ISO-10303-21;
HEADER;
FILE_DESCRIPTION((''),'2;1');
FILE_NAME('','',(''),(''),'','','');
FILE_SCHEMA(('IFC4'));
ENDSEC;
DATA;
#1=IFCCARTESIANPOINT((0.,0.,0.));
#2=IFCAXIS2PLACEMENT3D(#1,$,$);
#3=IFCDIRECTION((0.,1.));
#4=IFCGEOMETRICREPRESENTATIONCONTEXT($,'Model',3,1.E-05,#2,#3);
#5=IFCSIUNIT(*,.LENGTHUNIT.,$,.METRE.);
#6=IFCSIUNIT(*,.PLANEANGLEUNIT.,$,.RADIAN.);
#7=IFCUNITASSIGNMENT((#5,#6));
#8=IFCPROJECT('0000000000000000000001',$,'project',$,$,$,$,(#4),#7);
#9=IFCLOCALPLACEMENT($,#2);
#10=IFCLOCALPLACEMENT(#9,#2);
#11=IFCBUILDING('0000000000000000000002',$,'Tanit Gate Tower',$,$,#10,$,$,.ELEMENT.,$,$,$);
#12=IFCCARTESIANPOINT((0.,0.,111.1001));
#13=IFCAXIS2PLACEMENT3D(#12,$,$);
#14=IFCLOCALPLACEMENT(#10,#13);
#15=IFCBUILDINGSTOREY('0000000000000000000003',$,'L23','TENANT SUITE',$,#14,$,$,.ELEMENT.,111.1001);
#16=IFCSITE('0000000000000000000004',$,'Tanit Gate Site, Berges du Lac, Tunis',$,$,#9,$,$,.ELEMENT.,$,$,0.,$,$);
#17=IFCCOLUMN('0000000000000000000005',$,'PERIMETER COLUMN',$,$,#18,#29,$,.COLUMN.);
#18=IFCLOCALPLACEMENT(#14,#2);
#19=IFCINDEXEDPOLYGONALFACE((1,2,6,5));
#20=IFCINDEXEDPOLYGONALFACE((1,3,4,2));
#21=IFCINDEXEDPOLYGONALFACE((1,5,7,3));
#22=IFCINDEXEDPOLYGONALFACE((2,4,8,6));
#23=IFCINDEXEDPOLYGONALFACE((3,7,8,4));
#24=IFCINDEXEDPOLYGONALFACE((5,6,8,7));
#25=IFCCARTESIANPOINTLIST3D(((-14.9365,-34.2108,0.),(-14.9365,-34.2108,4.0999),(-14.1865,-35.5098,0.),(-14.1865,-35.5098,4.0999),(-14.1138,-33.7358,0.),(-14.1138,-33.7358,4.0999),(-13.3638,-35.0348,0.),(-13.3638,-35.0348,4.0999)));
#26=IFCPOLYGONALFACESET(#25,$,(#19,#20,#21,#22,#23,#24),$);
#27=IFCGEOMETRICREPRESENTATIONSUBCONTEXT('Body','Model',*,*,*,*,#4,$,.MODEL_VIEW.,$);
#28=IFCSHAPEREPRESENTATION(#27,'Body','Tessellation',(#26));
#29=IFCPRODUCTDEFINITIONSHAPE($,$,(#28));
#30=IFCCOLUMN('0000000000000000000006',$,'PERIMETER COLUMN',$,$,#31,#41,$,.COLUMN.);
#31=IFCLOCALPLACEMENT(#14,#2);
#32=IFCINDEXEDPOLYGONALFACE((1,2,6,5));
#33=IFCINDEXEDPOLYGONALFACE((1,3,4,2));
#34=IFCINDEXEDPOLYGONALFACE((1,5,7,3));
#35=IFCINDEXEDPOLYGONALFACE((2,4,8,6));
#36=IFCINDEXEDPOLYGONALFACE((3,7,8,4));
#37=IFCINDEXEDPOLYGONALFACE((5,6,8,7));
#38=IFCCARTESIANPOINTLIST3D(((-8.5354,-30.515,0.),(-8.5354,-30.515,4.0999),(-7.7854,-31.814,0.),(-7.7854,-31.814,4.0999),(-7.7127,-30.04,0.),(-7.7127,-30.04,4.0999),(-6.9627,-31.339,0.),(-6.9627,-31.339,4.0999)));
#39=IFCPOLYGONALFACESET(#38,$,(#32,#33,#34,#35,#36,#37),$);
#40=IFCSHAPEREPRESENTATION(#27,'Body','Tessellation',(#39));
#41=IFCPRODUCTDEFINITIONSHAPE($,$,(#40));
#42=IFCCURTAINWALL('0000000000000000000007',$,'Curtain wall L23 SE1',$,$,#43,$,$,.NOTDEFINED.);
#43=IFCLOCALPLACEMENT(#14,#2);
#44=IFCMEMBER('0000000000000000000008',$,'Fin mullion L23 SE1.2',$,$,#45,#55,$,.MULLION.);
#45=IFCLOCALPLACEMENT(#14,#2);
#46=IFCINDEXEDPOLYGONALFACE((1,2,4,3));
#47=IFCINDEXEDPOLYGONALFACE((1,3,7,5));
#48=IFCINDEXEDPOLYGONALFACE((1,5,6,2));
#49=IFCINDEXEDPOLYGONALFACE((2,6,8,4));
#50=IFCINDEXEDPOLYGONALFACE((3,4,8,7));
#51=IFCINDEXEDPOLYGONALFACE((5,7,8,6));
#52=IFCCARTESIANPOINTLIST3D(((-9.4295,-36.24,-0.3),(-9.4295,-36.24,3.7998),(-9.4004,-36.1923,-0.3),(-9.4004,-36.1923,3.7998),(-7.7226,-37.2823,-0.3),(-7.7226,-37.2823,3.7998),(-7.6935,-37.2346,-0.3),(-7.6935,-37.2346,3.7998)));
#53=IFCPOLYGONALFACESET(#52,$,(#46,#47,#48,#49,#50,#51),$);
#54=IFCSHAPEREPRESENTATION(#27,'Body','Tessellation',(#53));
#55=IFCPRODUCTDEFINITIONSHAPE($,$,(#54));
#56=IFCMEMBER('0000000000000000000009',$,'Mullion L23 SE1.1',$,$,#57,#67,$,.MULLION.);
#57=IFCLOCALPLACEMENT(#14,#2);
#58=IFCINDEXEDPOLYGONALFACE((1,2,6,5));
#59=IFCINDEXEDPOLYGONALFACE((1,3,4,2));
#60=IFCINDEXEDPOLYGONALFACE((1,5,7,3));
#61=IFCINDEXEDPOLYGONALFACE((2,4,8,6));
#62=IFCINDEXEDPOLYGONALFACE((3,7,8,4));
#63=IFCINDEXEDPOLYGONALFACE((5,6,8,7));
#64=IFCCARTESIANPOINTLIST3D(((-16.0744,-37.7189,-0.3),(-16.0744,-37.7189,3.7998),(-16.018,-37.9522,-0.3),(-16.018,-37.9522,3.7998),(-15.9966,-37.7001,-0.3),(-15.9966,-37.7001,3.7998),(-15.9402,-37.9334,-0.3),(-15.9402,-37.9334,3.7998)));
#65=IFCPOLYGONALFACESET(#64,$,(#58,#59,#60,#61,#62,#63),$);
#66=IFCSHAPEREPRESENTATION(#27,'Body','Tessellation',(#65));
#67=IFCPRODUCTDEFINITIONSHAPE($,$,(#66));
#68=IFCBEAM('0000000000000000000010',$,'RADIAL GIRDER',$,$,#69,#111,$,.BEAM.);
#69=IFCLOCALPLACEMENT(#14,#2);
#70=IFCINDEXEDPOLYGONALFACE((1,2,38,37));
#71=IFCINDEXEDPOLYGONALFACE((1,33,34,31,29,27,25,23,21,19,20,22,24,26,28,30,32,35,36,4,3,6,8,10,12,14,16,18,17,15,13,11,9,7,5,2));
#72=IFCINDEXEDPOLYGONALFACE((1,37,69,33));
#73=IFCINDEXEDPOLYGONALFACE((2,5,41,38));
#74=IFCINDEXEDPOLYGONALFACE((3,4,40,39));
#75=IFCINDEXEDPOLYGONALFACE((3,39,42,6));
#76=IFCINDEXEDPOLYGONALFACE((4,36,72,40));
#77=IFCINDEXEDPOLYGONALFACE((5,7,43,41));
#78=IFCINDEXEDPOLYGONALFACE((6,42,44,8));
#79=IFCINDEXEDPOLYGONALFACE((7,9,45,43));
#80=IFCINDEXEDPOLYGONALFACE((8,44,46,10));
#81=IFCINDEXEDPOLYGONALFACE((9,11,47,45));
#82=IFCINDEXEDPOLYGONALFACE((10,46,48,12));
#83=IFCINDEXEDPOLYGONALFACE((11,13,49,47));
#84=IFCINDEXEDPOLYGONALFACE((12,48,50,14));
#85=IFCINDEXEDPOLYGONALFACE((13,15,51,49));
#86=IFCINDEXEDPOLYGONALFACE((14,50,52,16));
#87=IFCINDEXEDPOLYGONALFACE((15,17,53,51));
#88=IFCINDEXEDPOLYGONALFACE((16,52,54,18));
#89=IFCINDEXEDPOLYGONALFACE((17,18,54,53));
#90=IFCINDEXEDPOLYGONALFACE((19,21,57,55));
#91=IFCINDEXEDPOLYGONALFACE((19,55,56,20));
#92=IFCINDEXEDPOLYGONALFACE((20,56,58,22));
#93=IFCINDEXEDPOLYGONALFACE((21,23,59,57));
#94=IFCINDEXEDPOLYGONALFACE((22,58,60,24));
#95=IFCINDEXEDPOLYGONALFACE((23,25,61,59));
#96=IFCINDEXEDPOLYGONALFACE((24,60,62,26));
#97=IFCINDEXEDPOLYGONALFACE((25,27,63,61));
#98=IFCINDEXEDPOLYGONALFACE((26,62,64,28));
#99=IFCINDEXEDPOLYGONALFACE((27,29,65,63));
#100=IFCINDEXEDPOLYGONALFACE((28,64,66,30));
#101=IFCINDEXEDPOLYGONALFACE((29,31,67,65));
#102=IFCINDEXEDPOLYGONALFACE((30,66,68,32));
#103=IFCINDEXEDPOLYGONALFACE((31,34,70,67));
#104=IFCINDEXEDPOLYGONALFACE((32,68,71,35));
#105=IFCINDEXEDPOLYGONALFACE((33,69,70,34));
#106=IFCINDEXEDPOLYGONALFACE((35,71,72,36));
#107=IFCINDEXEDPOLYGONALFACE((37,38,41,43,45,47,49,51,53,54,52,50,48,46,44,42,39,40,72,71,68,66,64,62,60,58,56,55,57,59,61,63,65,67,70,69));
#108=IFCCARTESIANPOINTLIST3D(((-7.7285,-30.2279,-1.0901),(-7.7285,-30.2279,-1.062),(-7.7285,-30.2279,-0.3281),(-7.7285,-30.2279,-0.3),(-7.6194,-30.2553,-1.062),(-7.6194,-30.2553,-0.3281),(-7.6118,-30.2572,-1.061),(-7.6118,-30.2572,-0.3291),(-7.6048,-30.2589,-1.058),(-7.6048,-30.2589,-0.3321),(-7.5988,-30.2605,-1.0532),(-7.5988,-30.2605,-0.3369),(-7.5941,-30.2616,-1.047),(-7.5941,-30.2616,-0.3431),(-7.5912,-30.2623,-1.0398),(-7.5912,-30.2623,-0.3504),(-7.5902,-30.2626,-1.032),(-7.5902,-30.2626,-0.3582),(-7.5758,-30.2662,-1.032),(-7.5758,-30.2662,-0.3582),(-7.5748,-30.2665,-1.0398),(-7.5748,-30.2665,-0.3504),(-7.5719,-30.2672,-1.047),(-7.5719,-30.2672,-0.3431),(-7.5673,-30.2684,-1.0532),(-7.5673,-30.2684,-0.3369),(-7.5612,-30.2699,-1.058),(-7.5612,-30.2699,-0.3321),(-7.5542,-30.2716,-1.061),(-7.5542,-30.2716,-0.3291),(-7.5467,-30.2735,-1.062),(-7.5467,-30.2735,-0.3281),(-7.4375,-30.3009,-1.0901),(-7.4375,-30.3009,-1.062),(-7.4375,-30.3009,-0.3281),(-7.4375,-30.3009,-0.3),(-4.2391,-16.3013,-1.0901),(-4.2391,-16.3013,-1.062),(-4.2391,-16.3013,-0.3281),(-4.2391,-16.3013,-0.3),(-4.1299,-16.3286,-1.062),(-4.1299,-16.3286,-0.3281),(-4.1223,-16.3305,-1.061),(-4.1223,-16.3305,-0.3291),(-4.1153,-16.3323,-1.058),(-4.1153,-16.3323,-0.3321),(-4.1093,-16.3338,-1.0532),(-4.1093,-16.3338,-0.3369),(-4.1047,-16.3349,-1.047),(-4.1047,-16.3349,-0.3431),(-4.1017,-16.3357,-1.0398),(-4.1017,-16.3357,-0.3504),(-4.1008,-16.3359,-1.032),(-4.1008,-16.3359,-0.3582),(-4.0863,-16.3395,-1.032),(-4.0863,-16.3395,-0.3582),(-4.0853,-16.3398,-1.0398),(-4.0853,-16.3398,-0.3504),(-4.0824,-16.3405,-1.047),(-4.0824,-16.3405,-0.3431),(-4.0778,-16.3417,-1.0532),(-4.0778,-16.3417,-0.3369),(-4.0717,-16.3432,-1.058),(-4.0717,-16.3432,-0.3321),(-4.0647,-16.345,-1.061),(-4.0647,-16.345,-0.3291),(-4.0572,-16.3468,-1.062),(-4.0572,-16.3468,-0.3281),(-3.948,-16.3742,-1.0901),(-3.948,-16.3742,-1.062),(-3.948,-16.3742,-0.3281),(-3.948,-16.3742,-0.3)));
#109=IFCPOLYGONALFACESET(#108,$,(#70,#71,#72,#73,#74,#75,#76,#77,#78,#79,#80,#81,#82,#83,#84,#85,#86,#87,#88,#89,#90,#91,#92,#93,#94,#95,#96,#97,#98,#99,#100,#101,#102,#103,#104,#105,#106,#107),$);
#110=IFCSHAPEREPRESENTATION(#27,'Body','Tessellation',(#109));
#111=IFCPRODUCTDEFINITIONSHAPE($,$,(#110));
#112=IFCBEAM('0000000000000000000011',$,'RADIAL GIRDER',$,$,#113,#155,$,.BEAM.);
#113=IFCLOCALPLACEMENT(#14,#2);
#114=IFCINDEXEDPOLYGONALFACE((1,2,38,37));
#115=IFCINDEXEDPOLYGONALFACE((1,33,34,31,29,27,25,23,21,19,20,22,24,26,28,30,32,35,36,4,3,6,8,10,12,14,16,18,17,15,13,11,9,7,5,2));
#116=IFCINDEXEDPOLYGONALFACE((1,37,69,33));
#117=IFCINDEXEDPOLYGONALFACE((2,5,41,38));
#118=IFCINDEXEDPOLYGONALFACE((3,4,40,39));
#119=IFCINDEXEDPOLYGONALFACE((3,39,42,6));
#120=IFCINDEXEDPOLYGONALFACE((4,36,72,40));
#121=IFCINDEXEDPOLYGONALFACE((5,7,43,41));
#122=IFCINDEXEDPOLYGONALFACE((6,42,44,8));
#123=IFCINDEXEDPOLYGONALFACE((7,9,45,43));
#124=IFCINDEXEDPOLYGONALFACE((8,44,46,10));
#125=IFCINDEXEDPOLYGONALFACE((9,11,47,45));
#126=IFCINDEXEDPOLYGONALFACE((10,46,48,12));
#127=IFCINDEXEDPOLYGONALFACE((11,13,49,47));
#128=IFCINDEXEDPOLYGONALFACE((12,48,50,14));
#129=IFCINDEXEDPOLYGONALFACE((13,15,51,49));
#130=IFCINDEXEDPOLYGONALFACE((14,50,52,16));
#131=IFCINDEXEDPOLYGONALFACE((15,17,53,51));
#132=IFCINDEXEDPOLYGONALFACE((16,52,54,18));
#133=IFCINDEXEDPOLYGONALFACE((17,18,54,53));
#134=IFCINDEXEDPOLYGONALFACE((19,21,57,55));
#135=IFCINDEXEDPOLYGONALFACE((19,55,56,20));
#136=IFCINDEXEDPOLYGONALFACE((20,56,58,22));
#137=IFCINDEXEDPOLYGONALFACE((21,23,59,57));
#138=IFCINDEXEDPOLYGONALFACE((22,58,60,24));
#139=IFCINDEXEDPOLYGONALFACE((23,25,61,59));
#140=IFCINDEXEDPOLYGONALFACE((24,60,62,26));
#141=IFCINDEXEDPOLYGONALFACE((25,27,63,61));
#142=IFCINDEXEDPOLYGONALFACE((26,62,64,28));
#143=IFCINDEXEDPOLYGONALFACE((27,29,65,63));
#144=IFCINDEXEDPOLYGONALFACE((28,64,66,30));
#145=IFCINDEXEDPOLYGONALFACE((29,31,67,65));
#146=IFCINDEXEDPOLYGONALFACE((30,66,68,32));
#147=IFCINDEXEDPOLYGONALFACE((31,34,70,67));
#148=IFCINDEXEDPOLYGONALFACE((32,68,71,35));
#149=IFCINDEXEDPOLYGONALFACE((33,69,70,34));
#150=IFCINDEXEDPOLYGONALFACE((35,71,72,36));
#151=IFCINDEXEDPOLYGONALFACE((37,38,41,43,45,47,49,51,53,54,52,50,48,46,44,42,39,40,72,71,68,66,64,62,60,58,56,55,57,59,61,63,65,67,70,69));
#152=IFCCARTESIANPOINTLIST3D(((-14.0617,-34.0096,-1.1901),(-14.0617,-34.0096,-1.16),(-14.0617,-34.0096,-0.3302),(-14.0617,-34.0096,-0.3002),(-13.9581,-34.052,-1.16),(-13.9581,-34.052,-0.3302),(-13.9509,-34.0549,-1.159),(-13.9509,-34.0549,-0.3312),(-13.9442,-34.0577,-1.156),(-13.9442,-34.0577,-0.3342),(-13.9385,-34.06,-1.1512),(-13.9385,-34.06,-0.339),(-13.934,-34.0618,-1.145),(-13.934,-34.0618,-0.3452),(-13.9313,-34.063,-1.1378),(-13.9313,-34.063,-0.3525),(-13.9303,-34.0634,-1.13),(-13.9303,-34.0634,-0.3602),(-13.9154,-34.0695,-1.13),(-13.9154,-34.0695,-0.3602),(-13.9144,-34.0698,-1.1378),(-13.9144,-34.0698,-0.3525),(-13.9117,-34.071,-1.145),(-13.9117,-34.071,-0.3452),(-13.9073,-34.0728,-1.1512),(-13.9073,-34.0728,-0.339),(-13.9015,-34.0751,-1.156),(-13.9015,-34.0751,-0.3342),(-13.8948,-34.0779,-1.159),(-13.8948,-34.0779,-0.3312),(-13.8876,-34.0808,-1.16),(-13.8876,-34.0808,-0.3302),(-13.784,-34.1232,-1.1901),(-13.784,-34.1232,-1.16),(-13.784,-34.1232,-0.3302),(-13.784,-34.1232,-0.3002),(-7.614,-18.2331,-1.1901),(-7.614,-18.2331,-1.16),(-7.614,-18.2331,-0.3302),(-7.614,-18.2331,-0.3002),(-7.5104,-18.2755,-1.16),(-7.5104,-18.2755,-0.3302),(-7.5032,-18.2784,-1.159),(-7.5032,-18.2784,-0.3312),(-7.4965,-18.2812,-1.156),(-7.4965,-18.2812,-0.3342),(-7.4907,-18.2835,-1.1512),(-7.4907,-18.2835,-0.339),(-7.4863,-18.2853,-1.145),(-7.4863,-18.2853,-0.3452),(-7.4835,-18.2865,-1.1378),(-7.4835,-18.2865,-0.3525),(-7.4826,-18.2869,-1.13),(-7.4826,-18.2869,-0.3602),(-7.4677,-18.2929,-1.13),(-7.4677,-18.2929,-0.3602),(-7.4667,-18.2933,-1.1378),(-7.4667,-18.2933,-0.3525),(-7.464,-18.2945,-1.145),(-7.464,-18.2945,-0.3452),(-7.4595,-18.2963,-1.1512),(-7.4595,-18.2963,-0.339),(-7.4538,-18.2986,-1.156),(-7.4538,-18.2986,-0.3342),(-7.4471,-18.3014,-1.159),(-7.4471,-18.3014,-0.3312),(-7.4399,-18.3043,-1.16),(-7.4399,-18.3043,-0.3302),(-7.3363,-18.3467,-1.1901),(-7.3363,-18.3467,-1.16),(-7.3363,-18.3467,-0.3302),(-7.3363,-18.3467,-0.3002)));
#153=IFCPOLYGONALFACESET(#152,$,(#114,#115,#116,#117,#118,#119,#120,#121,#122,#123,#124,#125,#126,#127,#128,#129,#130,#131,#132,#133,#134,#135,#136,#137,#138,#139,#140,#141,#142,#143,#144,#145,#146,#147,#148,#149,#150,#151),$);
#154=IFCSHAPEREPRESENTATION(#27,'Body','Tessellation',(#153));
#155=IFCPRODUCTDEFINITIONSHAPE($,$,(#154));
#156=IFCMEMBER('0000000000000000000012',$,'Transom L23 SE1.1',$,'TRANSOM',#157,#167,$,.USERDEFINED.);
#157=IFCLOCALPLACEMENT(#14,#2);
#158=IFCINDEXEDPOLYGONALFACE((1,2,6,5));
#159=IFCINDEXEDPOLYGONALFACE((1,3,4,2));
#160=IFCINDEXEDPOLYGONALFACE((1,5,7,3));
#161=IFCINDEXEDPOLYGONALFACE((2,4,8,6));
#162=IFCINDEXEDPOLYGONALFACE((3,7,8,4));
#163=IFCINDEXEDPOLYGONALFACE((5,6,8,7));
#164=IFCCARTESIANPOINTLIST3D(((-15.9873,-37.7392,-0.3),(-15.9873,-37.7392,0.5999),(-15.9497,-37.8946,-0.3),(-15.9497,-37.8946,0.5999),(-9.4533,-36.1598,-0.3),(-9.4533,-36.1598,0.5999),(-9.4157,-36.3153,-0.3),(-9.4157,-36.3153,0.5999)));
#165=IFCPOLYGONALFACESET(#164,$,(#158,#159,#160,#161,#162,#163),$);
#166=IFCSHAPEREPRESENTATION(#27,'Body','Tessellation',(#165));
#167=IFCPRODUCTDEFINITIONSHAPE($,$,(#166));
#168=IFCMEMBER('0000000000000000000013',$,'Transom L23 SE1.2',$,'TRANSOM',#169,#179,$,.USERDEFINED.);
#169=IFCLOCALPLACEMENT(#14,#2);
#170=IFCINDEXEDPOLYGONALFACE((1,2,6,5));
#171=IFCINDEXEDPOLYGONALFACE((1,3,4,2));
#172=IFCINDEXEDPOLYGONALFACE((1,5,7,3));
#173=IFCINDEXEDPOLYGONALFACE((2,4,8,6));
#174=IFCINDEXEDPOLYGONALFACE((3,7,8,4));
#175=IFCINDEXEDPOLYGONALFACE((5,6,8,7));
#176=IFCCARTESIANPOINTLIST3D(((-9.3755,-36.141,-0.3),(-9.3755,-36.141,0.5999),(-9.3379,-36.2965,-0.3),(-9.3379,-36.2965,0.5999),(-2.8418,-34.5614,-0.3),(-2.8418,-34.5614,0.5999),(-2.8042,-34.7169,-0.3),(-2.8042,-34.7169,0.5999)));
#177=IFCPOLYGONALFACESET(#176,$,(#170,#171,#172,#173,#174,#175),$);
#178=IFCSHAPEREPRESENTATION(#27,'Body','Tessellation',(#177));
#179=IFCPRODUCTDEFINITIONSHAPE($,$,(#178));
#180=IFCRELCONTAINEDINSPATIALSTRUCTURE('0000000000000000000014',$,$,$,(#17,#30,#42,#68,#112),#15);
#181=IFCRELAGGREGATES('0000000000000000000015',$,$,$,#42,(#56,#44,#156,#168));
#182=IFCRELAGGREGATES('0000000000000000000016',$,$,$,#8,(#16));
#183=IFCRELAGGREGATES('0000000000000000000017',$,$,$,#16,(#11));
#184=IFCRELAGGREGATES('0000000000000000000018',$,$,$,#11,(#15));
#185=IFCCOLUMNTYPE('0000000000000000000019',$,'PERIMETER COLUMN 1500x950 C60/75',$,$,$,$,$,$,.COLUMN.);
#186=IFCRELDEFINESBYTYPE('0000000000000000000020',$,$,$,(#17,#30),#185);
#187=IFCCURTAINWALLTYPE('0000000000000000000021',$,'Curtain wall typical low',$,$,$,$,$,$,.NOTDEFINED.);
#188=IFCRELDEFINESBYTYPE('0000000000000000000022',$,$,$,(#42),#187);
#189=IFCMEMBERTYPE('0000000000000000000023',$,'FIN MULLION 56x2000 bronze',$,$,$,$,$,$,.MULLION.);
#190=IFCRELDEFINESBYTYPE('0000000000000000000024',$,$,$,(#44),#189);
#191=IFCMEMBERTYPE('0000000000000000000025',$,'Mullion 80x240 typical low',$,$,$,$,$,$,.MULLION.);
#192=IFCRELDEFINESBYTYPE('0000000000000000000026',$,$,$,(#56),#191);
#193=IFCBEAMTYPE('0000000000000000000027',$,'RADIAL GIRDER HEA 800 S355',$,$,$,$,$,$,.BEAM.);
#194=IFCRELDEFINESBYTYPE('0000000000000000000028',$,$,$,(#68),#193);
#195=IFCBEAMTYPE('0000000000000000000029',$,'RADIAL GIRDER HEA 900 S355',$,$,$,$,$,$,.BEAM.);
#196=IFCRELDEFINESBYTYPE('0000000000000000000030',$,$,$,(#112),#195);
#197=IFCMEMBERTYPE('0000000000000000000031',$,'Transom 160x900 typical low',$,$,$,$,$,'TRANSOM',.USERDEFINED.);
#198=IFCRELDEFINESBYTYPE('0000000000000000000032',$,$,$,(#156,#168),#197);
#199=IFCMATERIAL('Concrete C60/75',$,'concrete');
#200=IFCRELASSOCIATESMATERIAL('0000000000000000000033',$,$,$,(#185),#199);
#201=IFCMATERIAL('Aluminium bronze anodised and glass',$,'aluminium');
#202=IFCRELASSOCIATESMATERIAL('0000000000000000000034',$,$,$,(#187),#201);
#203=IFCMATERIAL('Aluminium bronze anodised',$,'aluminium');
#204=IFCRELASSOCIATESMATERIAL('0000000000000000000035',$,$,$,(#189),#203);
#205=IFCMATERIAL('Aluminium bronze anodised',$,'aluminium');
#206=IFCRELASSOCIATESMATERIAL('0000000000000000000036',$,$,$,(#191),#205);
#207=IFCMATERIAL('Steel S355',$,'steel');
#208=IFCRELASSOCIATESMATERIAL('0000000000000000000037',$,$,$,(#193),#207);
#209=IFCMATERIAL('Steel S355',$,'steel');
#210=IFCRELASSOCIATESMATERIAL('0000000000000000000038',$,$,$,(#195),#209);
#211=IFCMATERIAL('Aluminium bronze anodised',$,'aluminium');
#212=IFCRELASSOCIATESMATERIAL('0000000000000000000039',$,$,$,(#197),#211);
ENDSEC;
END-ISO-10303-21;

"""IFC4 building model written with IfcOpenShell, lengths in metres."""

from ifc_helpers import new_model, si_unit, direction, frame, origin, origin_2d, place, context, subcontext, project, spatial, rectangle, i_section, extrude, material, material_profile, profile_set, type_object, element, aggregate, save


model = new_model("IFC4")

# Units and contexts
model_context = context("Model", 3, precision=1e-05, world=origin(), true_north=direction((0.0, 1.0)))
body_context = subcontext(model_context, "Body", "Model", "MODEL_VIEW")
ifc_project = project(units=[si_unit("LENGTHUNIT", "METRE"), si_unit("PLANEANGLEUNIT", "RADIAN")], contexts=[model_context])

# Site, building, storey
site_placement = place(None, origin())
site = spatial("IfcSite", under=ifc_project, at=site_placement, Name="Tanit Gate Site, Berges du Lac, Tunis", CompositionType="ELEMENT", RefElevation=0.0)
building_placement = place(site_placement, origin())
building = spatial("IfcBuilding", under=site, at=building_placement, Name="Tanit Gate Tower", CompositionType="ELEMENT")
storey_placement = place(building_placement, frame((0.0, 0.0, 111.1001)))
storey = spatial("IfcBuildingStorey", under=building, at=storey_placement, Name="L23", Description="TENANT SUITE", CompositionType="ELEMENT", Elevation=111.1001)

# Columns
ifc_material_1 = material(Name="Concrete C60/75", Category="concrete")
ifc_material_profile_1 = material_profile(ifc_material_1, rectangle(XDim=1.5, YDim=0.95, at=origin_2d()), Name="RC 1500x950")
ifc_profile_set_1 = profile_set([ifc_material_profile_1], Name="Concrete C60/75")
column_type = type_object("IfcColumnType", Name="PERIMETER COLUMN 1500x950 C60/75", PredefinedType="COLUMN", material=ifc_profile_set_1)
for number, where, z_axis, x_axis, name in (
    (1, (-14.1501, -34.6228, 0.0), (0.0, 0.0, 1.0), (0.5, -0.866025, 0.0), "PERIMETER COLUMN"),
    (2, (-7.749, -30.927, 0.0), (0.0, 0.0, 1.0), (0.5, -0.866025, 0.0), "PERIMETER COLUMN"),
):
    element("IfcColumn", number, at=place(storey_placement, frame(where, z_axis=z_axis, x_axis=x_axis)), inside=storey, type_object=column_type, Name=name, PredefinedType="COLUMN", context=body_context, shape_type="SweptSolid", body=[
        extrude(rectangle(XDim=1.5, YDim=0.95, at=origin_2d()), origin(), (0.0, 0.0, 1.0), 4.0999),
    ])

# Curtain wall, members
ifc_material_2 = material(Name="Aluminium bronze anodised and glass", Category="aluminium")
curtain_wall_type = type_object("IfcCurtainWallType", Name="Curtain wall typical low", PredefinedType="NOTDEFINED", material=ifc_material_2)
curtain_wall_placement = place(storey_placement, origin())
curtain_wall = element("IfcCurtainWall", 3, at=curtain_wall_placement, inside=storey, type_object=curtain_wall_type, Name="Curtain wall L23 SE1", PredefinedType="NOTDEFINED")
ifc_material_3 = material(Name="Aluminium bronze anodised", Category="aluminium")
ifc_material_profile_2 = material_profile(ifc_material_3, rectangle(XDim=2.0, YDim=0.0559, at=origin_2d()), Name="56x2000 bronze fin mullion")
ifc_profile_set_2 = profile_set([ifc_material_profile_2], Name="Aluminium bronze anodised")
member_type_1 = type_object("IfcMemberType", Name="FIN MULLION 56x2000 bronze", PredefinedType="MULLION", material=ifc_profile_set_2)
member_1_placement = place(storey_placement, frame((-8.5615, -36.7373, -0.3), z_axis=(0.0, 0.0, 1.0), x_axis=(-0.853451, 0.521173, 0.0)))
member_1 = element("IfcMember", 4, at=member_1_placement, type_object=member_type_1, Name="Fin mullion L23 SE1.2", PredefinedType="MULLION", context=body_context, shape_type="SweptSolid", body=[
    extrude(rectangle(XDim=2.0, YDim=0.0559, at=origin_2d()), origin(), (0.0, 0.0, 1.0), 4.0999),
])
ifc_material_4 = material(Name="Aluminium bronze anodised", Category="aluminium")
ifc_material_profile_3 = material_profile(ifc_material_4, rectangle(XDim=0.24, YDim=0.0801, at=origin_2d()), Name="80x240 bronze mullion")
ifc_profile_set_3 = profile_set([ifc_material_profile_3], Name="Aluminium bronze anodised")
member_type_2 = type_object("IfcMemberType", Name="Mullion 80x240 typical low", PredefinedType="MULLION", material=ifc_profile_set_3)
member_2_placement = place(storey_placement, frame((-16.0073, -37.8262, -0.3), z_axis=(0.0, 0.0, 1.0), x_axis=(-0.234957, 0.972006, 0.0)))
member_2 = element("IfcMember", 5, at=member_2_placement, type_object=member_type_2, Name="Mullion L23 SE1.1", PredefinedType="MULLION", context=body_context, shape_type="SweptSolid", body=[
    extrude(rectangle(XDim=0.24, YDim=0.0801, at=origin_2d()), origin(), (0.0, 0.0, 1.0), 4.0999),
])

# Beams
ifc_material_5 = material(Name="Steel S355", Category="steel")
ifc_material_profile_4 = material_profile(ifc_material_5, i_section(OverallWidth=0.3, OverallDepth=0.79, WebThickness=0.0149, FlangeThickness=0.0281, FilletRadius=0.03, at=origin_2d()), Name="HEA 800")
ifc_profile_set_4 = profile_set([ifc_material_profile_4], Name="Steel S355")
beam_type_1 = type_object("IfcBeamType", Name="RADIAL GIRDER HEA 800 S355", PredefinedType="BEAM", material=ifc_profile_set_4)
beam_1_placement = place(storey_placement, frame((-7.583, -30.2644, -0.6951), z_axis=(0.243048, 0.970014, 0.0), x_axis=(-0.970014, 0.243048, 0.0)))
element("IfcBeam", 6, at=beam_1_placement, inside=storey, type_object=beam_type_1, Name="RADIAL GIRDER", PredefinedType="BEAM", context=body_context, shape_type="SweptSolid", body=[
    extrude(i_section(OverallWidth=0.3, OverallDepth=0.79, WebThickness=0.0149, FlangeThickness=0.0281, FilletRadius=0.03, at=origin_2d()), origin(), (0.0, 0.0, 1.0), 14.3572),
])
ifc_material_6 = material(Name="Steel S355", Category="steel")
ifc_material_profile_5 = material_profile(ifc_material_6, i_section(OverallWidth=0.3, OverallDepth=0.8899, WebThickness=0.0161, FlangeThickness=0.03, FilletRadius=0.03, at=origin_2d()), Name="HEA 900")
ifc_profile_set_5 = profile_set([ifc_material_profile_5], Name="Steel S355")
beam_type_2 = type_object("IfcBeamType", Name="RADIAL GIRDER HEA 900 S355", PredefinedType="BEAM", material=ifc_profile_set_5)
beam_2_placement = place(storey_placement, frame((-13.9229, -34.0664, -0.7451), z_axis=(0.378315, 0.925677, 0.0), x_axis=(-0.925677, 0.378315, 0.0)))
element("IfcBeam", 7, at=beam_2_placement, inside=storey, type_object=beam_type_2, Name="RADIAL GIRDER", PredefinedType="BEAM", context=body_context, shape_type="SweptSolid", body=[
    extrude(i_section(OverallWidth=0.3, OverallDepth=0.8899, WebThickness=0.0161, FlangeThickness=0.03, FilletRadius=0.03, at=origin_2d()), origin(), (0.0, 0.0, 1.0), 17.0432),
])

# Members
ifc_material_7 = material(Name="Aluminium bronze anodised", Category="aluminium")
ifc_material_profile_6 = material_profile(ifc_material_7, rectangle(XDim=0.1599, YDim=0.8999, at=origin_2d()), Name="160x900 bronze transom")
ifc_profile_set_6 = profile_set([ifc_material_profile_6], Name="Aluminium bronze anodised")
member_type_3 = type_object("IfcMemberType", Name="Transom 160x900 typical low", ElementType="TRANSOM", PredefinedType="USERDEFINED", material=ifc_profile_set_6)
member_3_placement = place(storey_placement, frame((-15.9685, -37.8169, 0.1499), z_axis=(0.972008, 0.234948, 0.0), x_axis=(-0.234948, 0.972008, 0.0)))
member_3 = element("IfcMember", 8, at=member_3_placement, type_object=member_type_3, Name="Transom L23 SE1.1", ObjectType="TRANSOM", PredefinedType="USERDEFINED", context=body_context, shape_type="SweptSolid", body=[
    extrude(rectangle(XDim=0.1599, YDim=0.8999, at=origin_2d()), origin(), (0.0, 0.0, 1.0), 6.7222),
])
member_4_placement = place(storey_placement, frame((-9.3567, -36.2188, 0.1499), z_axis=(0.971998, 0.234991, 0.0), x_axis=(-0.234991, 0.971998, 0.0)))
member_4 = element("IfcMember", 9, at=member_4_placement, type_object=member_type_3, Name="Transom L23 SE1.2", ObjectType="TRANSOM", PredefinedType="USERDEFINED", context=body_context, shape_type="SweptSolid", body=[
    extrude(rectangle(XDim=0.1599, YDim=0.8999, at=origin_2d()), origin(), (0.0, 0.0, 1.0), 6.7219),
])

aggregate(curtain_wall, [member_2, member_1, member_3, member_4])

save(model, "model.ifc")
